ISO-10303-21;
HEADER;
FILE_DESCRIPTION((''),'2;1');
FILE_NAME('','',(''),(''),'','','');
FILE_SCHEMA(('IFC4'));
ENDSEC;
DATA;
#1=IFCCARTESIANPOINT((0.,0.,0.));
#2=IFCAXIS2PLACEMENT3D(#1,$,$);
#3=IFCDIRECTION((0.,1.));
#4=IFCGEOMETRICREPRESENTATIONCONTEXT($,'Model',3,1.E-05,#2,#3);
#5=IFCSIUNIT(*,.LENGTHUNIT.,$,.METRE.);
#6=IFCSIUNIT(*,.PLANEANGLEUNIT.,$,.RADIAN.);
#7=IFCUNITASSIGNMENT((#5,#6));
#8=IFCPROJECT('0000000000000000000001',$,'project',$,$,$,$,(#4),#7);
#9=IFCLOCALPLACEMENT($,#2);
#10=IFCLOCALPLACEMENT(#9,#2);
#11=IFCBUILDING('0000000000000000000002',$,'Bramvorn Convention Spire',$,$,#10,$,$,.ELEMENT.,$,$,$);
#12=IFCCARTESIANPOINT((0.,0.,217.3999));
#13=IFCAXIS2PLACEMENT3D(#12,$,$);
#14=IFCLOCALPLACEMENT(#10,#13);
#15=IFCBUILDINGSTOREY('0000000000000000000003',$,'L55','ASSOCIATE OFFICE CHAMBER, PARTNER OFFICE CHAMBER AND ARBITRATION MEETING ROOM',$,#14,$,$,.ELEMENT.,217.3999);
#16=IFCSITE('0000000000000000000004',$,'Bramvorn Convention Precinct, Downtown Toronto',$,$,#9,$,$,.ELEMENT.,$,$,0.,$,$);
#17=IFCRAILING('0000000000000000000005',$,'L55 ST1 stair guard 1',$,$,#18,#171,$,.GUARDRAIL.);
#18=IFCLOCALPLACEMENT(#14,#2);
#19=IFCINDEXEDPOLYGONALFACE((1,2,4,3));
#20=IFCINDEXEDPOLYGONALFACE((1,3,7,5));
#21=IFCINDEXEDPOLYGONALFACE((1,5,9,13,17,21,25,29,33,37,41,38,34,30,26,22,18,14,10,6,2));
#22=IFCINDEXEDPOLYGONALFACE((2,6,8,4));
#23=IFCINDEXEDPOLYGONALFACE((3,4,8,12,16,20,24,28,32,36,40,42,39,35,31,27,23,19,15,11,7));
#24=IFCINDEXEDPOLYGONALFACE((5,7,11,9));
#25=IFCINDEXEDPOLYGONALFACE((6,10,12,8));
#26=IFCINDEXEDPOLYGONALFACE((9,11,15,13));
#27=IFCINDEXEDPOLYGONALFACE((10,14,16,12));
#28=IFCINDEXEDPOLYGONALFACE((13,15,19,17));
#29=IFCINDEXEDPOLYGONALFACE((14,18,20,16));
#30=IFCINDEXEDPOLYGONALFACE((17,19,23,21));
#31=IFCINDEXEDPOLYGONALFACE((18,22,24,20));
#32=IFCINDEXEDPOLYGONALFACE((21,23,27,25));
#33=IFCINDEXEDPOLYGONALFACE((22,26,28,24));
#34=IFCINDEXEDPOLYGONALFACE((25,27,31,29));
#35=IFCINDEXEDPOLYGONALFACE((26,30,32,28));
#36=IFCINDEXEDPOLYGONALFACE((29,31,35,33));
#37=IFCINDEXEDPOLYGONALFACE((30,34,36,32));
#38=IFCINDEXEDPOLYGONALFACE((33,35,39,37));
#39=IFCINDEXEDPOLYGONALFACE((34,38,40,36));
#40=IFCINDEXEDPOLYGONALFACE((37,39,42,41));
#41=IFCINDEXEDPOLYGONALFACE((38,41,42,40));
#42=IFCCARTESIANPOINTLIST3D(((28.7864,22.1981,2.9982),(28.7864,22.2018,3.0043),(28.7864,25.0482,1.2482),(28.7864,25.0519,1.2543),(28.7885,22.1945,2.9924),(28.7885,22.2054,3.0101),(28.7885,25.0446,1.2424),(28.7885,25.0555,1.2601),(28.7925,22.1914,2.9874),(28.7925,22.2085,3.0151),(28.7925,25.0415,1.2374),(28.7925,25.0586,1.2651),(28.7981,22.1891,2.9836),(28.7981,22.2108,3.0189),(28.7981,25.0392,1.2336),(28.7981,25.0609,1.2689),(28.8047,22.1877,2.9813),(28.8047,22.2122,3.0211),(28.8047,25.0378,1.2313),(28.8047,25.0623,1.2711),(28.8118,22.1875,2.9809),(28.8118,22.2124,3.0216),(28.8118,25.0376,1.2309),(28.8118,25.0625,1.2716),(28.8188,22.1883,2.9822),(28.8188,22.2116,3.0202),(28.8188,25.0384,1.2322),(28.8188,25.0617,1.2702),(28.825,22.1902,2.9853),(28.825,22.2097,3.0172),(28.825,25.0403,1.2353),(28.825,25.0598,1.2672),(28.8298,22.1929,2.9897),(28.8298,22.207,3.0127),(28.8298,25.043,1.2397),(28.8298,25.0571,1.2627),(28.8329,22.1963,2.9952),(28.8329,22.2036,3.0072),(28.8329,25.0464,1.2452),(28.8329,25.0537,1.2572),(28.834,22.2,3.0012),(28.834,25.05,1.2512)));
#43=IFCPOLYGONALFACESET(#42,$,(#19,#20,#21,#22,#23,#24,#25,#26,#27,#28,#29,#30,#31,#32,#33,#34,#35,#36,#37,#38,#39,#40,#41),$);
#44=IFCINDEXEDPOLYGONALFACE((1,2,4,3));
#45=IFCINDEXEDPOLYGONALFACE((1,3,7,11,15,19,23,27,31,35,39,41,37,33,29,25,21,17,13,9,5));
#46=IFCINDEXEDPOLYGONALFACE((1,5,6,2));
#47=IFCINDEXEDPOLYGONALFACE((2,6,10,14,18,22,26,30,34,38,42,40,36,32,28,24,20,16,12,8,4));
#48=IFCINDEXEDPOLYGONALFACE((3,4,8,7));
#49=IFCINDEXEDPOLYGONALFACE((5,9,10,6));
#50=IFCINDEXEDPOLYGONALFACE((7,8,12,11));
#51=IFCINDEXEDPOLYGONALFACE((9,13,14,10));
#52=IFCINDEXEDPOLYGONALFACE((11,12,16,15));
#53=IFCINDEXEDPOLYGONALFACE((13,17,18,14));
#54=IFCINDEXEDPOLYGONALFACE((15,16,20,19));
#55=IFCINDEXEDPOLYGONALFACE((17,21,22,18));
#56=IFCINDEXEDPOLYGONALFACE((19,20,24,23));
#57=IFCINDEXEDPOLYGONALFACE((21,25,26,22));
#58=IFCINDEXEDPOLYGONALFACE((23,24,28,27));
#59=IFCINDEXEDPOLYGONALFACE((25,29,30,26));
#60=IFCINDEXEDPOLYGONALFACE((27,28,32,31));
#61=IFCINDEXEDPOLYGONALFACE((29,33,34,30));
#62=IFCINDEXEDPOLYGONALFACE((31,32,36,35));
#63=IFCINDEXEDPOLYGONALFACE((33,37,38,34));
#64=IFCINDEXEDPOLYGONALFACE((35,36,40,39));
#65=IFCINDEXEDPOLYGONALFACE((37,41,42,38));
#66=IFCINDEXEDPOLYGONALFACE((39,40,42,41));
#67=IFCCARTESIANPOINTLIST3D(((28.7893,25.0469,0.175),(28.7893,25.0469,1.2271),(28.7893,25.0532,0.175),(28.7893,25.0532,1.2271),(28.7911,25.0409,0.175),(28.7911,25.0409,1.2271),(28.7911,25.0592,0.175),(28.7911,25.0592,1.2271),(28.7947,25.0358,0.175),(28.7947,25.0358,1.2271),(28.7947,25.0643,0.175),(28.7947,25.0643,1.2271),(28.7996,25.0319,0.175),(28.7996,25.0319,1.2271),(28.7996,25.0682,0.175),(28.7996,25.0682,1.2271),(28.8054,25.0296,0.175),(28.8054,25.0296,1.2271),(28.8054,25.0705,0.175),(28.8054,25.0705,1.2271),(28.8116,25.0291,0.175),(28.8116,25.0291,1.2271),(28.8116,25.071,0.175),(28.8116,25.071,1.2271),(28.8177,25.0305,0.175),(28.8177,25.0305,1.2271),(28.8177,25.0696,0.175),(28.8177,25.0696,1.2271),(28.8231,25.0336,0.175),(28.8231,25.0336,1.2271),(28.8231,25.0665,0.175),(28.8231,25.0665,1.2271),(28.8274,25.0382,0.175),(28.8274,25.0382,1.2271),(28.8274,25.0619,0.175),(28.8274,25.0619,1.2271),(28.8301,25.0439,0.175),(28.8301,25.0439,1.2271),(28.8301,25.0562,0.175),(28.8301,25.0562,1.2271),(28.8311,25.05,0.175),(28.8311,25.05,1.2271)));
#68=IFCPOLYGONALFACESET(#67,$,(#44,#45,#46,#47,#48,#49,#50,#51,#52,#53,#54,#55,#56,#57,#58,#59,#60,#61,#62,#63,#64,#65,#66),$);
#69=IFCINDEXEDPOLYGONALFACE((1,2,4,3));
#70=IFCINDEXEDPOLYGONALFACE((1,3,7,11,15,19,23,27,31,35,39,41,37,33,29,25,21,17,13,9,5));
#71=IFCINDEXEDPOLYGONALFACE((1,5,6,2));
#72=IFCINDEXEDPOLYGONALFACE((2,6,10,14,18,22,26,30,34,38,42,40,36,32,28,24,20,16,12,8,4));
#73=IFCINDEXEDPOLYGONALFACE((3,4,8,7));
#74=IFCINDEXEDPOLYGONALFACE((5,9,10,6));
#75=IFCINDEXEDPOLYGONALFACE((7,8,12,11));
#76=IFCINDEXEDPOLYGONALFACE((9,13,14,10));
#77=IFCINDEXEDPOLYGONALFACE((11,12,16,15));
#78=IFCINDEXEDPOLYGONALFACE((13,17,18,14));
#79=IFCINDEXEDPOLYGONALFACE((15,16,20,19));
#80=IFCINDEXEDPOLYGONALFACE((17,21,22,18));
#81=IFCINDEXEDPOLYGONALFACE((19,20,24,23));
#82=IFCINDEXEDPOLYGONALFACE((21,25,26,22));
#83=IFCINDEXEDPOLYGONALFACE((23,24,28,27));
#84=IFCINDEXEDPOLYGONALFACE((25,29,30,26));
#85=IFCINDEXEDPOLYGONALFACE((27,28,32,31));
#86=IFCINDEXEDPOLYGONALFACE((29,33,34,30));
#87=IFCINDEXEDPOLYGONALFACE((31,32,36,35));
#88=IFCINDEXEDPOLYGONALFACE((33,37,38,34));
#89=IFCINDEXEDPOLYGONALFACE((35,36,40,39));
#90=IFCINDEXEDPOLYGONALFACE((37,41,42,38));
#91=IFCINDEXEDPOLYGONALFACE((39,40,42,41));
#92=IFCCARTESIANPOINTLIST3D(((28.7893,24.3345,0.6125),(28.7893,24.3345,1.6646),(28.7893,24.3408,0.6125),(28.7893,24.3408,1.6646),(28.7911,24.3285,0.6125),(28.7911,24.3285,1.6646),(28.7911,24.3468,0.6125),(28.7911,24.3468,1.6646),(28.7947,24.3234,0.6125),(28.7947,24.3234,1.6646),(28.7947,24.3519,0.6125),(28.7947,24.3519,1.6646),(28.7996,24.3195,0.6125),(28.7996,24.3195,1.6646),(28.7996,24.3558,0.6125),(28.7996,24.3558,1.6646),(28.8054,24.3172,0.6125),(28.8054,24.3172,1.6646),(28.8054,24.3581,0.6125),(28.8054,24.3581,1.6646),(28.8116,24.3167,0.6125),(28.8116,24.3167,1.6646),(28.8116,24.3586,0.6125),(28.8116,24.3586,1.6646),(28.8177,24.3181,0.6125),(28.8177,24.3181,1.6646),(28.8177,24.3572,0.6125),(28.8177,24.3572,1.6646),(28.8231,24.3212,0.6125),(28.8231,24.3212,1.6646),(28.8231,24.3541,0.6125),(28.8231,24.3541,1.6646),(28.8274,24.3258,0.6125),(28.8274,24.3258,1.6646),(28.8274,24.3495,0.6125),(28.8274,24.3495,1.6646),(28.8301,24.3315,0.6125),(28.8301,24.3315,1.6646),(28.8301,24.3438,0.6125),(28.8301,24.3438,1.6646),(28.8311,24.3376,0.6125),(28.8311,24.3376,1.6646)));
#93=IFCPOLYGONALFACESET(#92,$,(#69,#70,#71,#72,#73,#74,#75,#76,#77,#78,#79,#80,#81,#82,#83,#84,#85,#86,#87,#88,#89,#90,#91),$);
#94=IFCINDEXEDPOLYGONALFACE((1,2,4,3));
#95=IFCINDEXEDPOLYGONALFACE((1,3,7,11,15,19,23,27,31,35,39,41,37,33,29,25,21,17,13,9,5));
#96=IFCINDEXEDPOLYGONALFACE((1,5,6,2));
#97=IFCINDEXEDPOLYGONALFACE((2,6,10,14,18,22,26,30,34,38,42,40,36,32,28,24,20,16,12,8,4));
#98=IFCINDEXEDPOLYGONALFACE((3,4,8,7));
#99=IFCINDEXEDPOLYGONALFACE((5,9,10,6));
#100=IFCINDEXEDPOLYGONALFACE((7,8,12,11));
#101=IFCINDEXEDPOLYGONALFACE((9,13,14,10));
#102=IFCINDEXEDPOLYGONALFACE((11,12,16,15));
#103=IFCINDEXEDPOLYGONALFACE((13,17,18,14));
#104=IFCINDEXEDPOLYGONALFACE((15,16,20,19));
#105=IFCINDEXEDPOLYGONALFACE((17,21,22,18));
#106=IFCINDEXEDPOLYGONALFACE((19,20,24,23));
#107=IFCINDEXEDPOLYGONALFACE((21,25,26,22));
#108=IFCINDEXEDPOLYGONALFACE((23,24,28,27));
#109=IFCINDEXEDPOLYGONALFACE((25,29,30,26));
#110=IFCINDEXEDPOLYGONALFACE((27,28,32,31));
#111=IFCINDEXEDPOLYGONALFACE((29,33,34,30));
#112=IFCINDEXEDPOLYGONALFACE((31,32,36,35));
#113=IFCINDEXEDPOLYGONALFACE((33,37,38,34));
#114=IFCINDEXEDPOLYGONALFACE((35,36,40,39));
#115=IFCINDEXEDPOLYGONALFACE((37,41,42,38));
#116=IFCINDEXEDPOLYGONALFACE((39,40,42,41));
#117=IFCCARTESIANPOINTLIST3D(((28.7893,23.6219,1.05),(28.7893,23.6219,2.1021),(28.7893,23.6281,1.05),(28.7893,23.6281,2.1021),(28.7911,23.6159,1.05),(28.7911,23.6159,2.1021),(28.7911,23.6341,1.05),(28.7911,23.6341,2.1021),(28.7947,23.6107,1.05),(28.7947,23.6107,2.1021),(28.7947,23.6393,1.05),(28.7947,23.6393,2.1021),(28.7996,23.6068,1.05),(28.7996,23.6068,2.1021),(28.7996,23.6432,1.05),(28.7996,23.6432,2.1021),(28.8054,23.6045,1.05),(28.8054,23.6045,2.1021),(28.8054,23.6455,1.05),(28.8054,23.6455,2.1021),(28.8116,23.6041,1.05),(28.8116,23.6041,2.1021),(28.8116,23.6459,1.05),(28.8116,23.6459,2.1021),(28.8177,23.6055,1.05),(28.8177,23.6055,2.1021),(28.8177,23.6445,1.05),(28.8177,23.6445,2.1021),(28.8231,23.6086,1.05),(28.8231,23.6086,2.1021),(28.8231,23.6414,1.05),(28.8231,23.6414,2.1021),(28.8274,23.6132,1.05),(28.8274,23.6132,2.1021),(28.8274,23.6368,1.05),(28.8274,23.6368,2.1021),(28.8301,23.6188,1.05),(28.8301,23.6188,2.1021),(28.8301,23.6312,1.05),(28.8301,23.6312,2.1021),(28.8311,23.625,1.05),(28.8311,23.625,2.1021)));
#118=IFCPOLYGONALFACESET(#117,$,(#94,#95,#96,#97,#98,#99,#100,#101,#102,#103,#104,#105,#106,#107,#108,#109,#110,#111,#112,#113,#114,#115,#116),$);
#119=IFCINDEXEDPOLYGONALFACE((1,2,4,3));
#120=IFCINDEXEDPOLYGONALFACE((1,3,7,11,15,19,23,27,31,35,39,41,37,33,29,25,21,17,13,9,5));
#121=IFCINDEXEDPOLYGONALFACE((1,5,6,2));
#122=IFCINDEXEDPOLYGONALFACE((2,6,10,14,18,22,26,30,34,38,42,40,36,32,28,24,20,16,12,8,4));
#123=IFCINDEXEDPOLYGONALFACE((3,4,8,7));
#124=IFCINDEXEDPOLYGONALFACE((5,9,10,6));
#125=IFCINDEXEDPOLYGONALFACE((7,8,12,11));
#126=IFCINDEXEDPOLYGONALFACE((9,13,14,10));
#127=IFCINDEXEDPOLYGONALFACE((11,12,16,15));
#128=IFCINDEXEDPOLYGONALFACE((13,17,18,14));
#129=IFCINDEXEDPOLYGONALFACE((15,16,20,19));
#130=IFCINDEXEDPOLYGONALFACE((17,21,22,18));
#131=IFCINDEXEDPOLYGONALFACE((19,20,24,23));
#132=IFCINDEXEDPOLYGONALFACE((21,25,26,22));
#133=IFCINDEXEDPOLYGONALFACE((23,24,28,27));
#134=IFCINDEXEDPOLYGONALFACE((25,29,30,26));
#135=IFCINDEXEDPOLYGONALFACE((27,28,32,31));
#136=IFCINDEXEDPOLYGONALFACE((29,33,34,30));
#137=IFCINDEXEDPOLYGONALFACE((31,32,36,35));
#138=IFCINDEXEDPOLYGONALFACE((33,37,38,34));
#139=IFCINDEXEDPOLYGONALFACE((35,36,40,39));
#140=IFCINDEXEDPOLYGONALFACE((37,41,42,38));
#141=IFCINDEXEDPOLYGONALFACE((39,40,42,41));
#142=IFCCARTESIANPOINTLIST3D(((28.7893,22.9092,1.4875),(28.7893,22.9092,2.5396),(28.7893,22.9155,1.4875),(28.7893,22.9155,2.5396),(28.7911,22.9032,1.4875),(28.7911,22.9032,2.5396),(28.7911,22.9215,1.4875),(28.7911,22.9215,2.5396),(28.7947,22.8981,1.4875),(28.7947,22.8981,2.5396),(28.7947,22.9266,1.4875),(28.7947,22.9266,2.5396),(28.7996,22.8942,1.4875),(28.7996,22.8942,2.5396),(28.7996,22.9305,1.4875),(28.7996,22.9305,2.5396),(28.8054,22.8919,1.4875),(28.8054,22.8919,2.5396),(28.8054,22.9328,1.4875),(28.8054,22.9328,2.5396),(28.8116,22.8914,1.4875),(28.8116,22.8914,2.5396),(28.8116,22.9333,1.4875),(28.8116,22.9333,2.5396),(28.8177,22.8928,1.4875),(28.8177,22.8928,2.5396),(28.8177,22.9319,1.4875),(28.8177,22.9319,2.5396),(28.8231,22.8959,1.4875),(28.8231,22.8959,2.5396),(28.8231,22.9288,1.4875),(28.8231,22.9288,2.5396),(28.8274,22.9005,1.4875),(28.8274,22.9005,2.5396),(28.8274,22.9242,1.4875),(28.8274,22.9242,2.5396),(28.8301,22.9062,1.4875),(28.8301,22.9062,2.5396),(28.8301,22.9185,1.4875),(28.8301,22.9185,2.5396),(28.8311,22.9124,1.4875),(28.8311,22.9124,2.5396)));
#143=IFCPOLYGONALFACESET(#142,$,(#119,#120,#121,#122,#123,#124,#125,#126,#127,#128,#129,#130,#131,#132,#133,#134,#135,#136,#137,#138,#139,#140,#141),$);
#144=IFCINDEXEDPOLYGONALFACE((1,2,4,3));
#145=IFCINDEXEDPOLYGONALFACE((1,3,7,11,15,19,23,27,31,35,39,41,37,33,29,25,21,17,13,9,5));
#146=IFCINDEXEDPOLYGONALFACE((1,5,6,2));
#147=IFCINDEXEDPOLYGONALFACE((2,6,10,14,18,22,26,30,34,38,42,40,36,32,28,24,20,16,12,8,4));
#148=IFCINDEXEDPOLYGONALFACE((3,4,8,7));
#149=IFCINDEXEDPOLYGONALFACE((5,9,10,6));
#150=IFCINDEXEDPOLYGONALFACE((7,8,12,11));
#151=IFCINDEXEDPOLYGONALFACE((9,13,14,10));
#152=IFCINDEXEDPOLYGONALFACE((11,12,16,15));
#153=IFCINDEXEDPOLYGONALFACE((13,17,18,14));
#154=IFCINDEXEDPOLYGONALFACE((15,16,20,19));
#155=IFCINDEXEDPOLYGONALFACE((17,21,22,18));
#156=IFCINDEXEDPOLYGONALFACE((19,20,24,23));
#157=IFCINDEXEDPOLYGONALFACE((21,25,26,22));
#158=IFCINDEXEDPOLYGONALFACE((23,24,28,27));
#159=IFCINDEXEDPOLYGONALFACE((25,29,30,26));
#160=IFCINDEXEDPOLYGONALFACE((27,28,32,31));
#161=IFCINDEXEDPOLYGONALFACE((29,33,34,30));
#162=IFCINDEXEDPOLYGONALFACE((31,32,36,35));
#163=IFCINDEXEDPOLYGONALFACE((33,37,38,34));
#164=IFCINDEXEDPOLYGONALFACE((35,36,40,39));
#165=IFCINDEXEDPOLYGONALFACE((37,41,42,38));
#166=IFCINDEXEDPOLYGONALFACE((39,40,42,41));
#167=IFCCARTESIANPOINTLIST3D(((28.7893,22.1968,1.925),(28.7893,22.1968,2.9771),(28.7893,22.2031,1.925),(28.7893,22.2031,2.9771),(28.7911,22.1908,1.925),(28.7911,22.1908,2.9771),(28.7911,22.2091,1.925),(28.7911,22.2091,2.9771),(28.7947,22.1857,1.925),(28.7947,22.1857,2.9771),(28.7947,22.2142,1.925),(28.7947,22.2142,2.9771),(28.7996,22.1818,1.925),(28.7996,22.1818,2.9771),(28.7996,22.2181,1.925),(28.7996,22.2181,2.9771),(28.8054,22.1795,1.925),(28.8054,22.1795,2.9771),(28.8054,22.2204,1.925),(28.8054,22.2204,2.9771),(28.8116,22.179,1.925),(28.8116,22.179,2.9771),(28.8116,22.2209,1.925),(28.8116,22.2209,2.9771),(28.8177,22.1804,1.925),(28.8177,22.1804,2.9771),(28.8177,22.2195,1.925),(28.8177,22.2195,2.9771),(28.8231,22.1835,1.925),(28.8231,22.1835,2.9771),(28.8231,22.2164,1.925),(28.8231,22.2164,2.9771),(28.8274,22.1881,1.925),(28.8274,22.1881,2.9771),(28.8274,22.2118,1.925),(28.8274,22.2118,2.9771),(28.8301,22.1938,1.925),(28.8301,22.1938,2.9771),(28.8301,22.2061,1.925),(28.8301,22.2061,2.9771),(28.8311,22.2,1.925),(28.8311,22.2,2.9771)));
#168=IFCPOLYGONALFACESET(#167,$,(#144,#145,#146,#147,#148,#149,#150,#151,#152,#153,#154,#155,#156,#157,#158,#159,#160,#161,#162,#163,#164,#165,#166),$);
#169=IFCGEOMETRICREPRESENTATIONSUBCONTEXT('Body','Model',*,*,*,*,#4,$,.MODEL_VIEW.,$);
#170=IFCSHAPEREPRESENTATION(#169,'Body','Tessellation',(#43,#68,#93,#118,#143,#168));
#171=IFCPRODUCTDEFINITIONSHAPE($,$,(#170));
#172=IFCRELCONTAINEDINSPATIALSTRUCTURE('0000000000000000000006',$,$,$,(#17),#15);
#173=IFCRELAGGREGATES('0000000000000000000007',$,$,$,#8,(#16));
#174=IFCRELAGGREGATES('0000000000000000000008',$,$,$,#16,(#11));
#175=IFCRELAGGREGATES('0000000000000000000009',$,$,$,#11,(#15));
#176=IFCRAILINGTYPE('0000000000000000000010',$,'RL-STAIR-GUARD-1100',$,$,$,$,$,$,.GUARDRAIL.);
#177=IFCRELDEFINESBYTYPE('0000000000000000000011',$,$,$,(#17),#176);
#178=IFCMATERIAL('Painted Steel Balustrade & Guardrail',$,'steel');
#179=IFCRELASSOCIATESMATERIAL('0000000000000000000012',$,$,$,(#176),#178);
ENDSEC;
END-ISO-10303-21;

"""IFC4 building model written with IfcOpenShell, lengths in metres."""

from ifc_helpers import new_model, si_unit, direction, frame, origin, origin_2d, place, context, subcontext, project, spatial, circle, extrude, material, type_object, element, save


model = new_model("IFC4")

# Units and contexts
model_context = context("Model", 3, precision=1e-05, world=origin(), true_north=direction((0.0, 1.0)))
body_context = subcontext(model_context, "Body", "Model", "MODEL_VIEW")
ifc_project = project(units=[si_unit("LENGTHUNIT", "METRE"), si_unit("PLANEANGLEUNIT", "RADIAN")], contexts=[model_context])

# Site, building, storey
site_placement = place(None, origin())
site = spatial("IfcSite", under=ifc_project, at=site_placement, Name="Bramvorn Convention Precinct, Downtown Toronto", CompositionType="ELEMENT", RefElevation=0.0)
building_placement = place(site_placement, origin())
building = spatial("IfcBuilding", under=site, at=building_placement, Name="Bramvorn Convention Spire", CompositionType="ELEMENT")
storey_placement = place(building_placement, frame((0.0, 0.0, 217.3999)))
storey = spatial("IfcBuildingStorey", under=building, at=storey_placement, Name="L55", Description="ASSOCIATE OFFICE CHAMBER, PARTNER OFFICE CHAMBER AND ARBITRATION MEETING ROOM", CompositionType="ELEMENT", Elevation=217.3999)

# Railing
ifc_material_1 = material(Name="Painted Steel Balustrade & Guardrail", Category="steel")
railing_type_1 = type_object("IfcRailingType", Name="RL-STAIR-GUARD-1100", PredefinedType="GUARDRAIL", material=ifc_material_1)
railing_1_placement = place(storey_placement, frame((28.8101, 25.05, 0.175)))
element("IfcRailing", 1, at=railing_1_placement, inside=storey, type_object=railing_type_1, Name="L55 ST1 stair guard 1", PredefinedType="GUARDRAIL", context=body_context, shape_type="SweptSolid", body=[
    extrude(circle(Radius=0.0239, at=origin_2d()), frame((0.0, 0.0, 1.0762), z_axis=(0.0, -0.852179, 0.52325), x_axis=(1.0, 0.0, 0.0)), (0.0, 0.0, 1.0), 3.3445),
    extrude(circle(Radius=0.021, at=origin_2d()), origin(), (0.0, 0.0, 1.0), 1.052),
    extrude(circle(Radius=0.021, at=origin_2d()), frame((0.0, -0.7124, 0.4375)), (0.0, 0.0, 1.0), 1.052),
    extrude(circle(Radius=0.021, at=origin_2d()), frame((0.0, -1.425, 0.875)), (0.0, 0.0, 1.0), 1.052),
    extrude(circle(Radius=0.021, at=origin_2d()), frame((0.0, -2.1377, 1.3125)), (0.0, 0.0, 1.0), 1.052),
    extrude(circle(Radius=0.021, at=origin_2d()), frame((0.0, -2.8501, 1.75)), (0.0, 0.0, 1.0), 1.052),
])

save(model, "model.ifc")
